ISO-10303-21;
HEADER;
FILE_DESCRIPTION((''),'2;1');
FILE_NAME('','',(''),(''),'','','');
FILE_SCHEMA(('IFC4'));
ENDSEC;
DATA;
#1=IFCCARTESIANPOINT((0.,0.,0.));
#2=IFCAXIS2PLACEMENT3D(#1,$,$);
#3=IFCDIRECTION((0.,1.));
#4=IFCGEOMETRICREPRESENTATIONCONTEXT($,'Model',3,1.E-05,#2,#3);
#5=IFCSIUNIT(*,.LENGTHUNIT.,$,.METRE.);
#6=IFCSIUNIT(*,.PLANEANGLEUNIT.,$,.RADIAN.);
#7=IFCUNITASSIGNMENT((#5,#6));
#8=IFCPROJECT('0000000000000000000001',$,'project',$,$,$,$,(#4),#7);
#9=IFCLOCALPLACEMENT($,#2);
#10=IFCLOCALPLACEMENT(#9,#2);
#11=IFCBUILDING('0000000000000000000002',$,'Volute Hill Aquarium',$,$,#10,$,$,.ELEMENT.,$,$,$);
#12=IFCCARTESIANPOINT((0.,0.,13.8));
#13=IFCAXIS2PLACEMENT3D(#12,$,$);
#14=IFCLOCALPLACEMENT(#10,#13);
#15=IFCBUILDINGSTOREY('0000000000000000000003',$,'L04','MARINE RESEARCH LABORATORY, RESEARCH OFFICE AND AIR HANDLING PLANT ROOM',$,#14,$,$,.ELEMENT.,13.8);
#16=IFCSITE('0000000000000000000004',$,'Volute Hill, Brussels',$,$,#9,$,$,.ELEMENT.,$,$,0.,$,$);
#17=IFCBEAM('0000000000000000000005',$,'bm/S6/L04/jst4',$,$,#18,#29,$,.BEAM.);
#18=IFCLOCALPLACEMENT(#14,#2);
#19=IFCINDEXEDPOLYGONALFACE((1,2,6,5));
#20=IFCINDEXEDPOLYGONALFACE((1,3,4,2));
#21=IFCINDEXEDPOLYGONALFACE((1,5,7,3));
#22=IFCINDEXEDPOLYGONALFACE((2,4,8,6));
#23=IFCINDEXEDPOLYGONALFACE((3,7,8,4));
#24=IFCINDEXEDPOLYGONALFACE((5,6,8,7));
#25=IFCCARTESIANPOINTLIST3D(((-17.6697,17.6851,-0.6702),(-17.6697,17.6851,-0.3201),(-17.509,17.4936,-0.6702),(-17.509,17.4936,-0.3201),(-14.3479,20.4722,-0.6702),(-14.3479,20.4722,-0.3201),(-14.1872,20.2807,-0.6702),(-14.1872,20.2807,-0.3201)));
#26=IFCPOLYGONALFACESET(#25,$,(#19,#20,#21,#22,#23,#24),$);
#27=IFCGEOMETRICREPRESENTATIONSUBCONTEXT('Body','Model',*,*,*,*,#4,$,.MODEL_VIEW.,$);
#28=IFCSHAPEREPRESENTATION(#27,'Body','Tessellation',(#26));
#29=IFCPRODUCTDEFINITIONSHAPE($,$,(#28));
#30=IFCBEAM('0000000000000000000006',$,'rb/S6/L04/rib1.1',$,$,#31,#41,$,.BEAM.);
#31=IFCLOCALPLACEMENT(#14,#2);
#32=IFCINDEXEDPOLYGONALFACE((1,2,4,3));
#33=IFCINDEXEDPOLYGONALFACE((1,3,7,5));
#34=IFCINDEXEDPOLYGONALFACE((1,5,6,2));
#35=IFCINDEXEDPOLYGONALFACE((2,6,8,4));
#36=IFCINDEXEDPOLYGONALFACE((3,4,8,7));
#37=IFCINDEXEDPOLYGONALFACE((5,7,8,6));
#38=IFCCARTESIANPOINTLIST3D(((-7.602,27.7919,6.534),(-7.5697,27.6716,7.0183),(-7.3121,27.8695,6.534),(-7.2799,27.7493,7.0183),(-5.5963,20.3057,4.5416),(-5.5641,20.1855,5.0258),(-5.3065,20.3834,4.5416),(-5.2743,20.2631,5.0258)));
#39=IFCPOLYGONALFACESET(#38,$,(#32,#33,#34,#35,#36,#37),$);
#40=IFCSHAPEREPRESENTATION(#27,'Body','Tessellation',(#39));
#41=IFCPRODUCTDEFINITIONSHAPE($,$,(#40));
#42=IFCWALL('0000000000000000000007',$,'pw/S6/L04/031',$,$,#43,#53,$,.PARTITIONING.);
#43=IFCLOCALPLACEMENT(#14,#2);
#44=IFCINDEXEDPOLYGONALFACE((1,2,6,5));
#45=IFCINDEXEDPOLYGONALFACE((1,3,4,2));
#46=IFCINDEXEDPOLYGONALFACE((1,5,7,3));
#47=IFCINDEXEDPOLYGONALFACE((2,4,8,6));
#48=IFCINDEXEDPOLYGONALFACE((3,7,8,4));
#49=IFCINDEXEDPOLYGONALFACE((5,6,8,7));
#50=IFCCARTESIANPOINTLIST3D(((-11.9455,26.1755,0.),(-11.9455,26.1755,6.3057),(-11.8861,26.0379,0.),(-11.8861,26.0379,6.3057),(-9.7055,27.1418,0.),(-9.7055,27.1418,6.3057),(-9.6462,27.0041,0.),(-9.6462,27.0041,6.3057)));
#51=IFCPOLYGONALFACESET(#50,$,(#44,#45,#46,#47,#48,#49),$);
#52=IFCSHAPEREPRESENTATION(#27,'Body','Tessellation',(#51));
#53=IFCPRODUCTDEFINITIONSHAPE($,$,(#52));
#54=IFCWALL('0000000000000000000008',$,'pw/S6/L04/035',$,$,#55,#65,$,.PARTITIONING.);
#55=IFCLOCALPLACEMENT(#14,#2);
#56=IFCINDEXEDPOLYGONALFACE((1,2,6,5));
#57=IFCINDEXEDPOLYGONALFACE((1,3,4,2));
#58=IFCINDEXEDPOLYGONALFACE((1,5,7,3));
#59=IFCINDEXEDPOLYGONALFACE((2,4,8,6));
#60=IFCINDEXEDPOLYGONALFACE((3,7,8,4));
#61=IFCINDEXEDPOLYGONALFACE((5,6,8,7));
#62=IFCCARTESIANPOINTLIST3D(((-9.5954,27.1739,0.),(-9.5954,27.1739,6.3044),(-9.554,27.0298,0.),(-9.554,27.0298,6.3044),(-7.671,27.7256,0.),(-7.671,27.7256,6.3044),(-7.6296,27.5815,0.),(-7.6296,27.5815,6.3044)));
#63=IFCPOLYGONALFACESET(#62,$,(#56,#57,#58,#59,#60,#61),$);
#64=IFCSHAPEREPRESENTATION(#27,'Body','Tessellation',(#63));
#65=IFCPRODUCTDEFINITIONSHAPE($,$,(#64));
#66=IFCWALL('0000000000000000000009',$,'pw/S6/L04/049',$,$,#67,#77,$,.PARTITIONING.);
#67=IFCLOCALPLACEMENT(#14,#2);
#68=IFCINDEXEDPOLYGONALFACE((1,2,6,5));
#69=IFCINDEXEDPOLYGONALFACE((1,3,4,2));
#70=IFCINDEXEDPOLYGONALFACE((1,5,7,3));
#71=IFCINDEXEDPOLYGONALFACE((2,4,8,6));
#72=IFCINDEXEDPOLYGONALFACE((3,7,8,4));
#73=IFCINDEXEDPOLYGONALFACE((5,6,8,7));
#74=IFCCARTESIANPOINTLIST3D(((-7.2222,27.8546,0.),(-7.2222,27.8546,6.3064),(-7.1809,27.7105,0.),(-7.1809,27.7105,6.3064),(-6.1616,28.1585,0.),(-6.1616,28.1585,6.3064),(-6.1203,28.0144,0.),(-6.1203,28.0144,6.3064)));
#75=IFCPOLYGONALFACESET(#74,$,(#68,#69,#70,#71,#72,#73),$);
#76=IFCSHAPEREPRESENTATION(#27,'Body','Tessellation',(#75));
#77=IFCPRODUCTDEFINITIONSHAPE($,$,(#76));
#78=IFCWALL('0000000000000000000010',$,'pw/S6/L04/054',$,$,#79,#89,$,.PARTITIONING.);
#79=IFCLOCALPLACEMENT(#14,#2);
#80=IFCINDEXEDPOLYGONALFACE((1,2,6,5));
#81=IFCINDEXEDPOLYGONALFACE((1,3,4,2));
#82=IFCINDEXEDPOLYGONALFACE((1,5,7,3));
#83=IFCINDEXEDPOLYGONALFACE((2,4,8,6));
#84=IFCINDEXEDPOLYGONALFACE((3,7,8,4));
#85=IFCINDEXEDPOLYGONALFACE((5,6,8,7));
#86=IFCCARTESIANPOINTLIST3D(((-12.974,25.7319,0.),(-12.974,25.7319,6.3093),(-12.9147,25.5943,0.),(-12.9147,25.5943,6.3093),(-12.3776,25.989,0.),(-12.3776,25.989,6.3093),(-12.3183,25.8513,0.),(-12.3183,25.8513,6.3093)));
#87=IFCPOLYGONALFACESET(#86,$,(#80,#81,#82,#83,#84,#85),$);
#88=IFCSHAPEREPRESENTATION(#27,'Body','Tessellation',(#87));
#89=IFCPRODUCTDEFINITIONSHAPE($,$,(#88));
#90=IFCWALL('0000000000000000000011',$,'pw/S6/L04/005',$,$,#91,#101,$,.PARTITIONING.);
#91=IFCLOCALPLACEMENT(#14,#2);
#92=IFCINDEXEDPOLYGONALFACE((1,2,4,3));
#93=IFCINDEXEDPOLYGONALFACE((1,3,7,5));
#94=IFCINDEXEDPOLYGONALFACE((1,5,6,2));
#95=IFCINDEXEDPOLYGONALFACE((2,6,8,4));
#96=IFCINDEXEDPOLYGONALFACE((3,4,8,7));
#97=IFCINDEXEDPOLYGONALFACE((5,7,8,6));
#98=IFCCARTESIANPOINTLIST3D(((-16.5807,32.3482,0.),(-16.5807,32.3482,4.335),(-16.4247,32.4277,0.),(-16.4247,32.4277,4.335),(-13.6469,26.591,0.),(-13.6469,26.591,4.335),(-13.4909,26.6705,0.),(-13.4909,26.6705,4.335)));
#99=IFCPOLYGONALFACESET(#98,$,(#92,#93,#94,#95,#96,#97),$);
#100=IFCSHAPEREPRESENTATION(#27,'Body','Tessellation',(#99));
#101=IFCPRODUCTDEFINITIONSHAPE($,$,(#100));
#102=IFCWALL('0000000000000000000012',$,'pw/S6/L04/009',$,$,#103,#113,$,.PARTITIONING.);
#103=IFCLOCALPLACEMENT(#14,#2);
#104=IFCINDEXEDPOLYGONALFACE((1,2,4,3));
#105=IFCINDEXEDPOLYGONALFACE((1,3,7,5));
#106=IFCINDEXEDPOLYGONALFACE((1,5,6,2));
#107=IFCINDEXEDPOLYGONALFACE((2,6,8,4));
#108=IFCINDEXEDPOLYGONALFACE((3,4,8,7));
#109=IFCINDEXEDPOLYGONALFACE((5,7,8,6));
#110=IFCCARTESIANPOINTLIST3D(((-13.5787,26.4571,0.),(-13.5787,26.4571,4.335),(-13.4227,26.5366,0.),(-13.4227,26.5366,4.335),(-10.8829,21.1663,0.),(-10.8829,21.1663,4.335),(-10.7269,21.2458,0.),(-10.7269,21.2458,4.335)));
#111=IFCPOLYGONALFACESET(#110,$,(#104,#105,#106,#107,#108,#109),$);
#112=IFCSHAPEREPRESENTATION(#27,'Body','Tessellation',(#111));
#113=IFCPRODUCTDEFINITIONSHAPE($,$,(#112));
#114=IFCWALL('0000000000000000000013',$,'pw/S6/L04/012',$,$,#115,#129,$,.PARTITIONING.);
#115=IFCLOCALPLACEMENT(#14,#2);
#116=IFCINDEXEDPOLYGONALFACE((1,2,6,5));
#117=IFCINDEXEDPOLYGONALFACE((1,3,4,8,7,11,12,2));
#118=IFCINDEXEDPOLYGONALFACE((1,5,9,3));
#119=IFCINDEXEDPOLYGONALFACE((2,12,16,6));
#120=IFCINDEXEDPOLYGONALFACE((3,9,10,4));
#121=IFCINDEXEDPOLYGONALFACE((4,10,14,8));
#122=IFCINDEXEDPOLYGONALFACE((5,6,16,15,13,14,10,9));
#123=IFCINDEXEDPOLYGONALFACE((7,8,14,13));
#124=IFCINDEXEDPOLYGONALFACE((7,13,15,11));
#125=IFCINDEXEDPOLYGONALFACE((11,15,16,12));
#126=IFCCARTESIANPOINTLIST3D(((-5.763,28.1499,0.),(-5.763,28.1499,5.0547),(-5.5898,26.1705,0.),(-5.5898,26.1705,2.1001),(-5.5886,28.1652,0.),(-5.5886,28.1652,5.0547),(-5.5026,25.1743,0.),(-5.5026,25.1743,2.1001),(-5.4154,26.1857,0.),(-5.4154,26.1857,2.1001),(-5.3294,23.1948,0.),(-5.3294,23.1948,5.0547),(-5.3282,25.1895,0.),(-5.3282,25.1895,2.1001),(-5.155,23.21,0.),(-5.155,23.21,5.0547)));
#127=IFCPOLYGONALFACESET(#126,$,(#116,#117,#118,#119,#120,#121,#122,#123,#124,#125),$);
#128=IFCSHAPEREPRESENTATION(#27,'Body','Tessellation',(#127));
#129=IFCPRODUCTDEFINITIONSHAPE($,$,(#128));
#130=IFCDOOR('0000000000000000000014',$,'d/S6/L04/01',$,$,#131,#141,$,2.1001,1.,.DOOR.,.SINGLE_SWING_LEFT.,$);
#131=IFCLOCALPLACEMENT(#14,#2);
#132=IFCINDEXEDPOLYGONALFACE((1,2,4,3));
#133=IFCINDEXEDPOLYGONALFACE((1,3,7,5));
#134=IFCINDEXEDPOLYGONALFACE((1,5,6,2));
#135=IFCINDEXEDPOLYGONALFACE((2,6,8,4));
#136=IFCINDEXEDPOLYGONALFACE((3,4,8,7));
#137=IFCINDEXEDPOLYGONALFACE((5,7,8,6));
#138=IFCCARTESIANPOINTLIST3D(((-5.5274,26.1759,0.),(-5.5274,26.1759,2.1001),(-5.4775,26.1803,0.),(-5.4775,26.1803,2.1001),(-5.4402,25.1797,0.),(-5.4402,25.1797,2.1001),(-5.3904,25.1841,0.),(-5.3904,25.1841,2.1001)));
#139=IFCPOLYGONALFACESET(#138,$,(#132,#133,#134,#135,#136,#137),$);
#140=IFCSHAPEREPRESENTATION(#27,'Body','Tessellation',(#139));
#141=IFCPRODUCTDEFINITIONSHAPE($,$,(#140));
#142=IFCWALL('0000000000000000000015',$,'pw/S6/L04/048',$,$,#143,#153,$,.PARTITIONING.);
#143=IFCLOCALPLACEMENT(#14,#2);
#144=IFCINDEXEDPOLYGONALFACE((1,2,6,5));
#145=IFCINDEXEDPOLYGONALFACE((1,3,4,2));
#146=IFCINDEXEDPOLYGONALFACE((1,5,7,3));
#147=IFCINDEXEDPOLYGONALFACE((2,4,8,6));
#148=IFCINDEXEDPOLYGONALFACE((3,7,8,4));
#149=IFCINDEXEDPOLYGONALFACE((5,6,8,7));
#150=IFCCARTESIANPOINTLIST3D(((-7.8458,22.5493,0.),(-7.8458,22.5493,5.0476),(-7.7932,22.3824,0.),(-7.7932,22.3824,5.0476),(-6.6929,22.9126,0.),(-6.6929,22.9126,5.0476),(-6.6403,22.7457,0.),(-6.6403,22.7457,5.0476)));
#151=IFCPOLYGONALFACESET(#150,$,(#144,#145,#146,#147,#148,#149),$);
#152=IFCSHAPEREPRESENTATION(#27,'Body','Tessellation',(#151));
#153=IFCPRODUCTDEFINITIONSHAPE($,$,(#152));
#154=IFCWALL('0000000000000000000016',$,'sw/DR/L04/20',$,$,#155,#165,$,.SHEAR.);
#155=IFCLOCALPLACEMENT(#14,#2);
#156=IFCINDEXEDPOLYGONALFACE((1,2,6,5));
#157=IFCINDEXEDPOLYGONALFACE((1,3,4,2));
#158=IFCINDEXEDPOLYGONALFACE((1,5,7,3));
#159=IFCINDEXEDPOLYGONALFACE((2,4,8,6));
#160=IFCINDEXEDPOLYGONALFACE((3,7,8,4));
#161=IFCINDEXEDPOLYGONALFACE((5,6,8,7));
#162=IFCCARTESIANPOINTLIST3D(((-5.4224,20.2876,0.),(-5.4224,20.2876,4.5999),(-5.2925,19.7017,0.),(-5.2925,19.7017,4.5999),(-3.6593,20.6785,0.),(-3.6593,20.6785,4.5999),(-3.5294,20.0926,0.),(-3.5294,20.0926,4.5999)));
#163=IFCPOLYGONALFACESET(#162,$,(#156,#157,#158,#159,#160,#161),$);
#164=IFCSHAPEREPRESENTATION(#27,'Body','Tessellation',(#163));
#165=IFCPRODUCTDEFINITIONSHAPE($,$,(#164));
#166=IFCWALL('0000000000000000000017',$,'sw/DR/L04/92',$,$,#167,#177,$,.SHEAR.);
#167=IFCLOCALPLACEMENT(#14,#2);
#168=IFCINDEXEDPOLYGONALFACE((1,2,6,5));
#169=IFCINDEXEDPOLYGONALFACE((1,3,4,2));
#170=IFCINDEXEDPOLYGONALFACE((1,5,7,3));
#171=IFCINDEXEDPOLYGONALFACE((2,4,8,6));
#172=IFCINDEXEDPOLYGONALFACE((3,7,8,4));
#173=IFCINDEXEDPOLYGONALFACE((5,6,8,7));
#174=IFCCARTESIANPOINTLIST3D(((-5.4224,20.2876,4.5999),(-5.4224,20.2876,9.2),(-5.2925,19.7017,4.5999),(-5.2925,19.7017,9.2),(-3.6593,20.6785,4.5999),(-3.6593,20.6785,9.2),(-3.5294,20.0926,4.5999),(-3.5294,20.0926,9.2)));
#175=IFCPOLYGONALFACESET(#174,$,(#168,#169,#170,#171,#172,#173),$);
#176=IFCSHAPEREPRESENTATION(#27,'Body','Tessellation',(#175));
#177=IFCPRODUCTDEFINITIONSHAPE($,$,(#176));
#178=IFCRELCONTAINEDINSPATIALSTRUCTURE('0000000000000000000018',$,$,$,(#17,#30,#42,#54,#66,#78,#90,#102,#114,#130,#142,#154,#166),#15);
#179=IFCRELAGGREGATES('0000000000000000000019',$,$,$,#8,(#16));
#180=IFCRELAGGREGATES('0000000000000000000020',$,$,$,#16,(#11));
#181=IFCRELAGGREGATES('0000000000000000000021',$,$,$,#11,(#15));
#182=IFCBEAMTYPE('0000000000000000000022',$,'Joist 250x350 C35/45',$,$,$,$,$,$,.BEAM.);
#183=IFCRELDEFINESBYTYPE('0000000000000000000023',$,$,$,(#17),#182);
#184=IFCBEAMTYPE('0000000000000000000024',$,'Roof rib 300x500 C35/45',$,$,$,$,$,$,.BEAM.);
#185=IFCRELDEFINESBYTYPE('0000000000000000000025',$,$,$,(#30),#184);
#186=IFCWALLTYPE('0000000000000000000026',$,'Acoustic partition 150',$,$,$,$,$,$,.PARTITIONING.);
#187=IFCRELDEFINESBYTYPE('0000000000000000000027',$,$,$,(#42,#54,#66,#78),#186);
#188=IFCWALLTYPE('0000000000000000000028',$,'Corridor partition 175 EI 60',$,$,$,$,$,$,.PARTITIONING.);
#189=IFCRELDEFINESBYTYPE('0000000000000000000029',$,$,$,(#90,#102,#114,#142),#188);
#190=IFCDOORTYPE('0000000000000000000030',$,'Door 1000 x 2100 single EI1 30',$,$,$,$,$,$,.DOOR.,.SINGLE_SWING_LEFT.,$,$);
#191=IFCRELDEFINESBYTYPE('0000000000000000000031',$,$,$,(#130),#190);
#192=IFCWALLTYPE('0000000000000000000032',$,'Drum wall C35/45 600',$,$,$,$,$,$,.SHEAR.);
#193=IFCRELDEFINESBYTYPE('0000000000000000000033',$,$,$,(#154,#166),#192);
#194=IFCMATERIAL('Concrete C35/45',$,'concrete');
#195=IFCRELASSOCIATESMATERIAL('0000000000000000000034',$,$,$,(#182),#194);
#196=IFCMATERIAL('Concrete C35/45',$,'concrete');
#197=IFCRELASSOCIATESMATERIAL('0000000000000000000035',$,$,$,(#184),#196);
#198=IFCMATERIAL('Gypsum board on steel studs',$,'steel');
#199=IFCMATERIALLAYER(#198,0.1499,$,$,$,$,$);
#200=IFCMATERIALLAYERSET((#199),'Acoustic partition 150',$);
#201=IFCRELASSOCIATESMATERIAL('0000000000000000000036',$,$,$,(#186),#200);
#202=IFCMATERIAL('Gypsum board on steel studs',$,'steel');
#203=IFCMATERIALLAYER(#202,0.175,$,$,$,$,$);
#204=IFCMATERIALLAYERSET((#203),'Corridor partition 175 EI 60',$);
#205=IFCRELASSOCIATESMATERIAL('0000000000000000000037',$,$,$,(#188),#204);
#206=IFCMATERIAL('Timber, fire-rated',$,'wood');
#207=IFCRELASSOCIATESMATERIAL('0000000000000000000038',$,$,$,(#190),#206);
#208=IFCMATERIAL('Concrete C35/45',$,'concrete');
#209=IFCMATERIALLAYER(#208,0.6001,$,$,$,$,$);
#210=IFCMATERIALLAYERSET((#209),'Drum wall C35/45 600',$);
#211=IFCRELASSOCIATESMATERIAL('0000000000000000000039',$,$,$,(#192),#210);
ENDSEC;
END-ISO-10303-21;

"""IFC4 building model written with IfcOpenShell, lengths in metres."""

from ifc_helpers import new_model, si_unit, direction, frame, frame_2d, origin, origin_2d, place, context, subcontext, project, spatial, rectangle, extrude, material, layer, layer_set, material_profile, profile_set, type_object, element, fill, save


model = new_model("IFC4")

# Units and contexts
model_context = context("Model", 3, precision=1e-05, world=origin(), true_north=direction((0.0, 1.0)))
body_context = subcontext(model_context, "Body", "Model", "MODEL_VIEW")
ifc_project = project(units=[si_unit("LENGTHUNIT", "METRE"), si_unit("PLANEANGLEUNIT", "RADIAN")], contexts=[model_context])

# Site, building, storey
site_placement = place(None, origin())
site = spatial("IfcSite", under=ifc_project, at=site_placement, Name="Volute Hill, Brussels", CompositionType="ELEMENT", RefElevation=0.0)
building_placement = place(site_placement, origin())
building = spatial("IfcBuilding", under=site, at=building_placement, Name="Volute Hill Aquarium", CompositionType="ELEMENT")
storey_placement = place(building_placement, frame((0.0, 0.0, 13.8)))
storey = spatial("IfcBuildingStorey", under=building, at=storey_placement, Name="L04", Description="MARINE RESEARCH LABORATORY, RESEARCH OFFICE AND AIR HANDLING PLANT ROOM", CompositionType="ELEMENT", Elevation=13.8)

# Beams
ifc_material_1 = material(Name="Concrete C35/45", Category="concrete")
ifc_material_profile_1 = material_profile(ifc_material_1, rectangle(XDim=0.25, YDim=0.3501, at=origin_2d()), Name="RC joist 250x350")
ifc_profile_set_1 = profile_set([ifc_material_profile_1], Name="Concrete C35/45")
beam_type_1 = type_object("IfcBeamType", Name="Joist 250x350 C35/45", PredefinedType="BEAM", material=ifc_profile_set_1)
beam_1_placement = place(storey_placement, frame((-14.2676, 20.3765, -0.4951), z_axis=(-0.766066, -0.642762, 0.0), x_axis=(0.642762, -0.766066, 0.0)))
element("IfcBeam", 1, at=beam_1_placement, inside=storey, type_object=beam_type_1, Name="bm/S6/L04/jst4", PredefinedType="BEAM", context=body_context, shape_type="SweptSolid", body=[
    extrude(rectangle(XDim=0.25, YDim=0.3501, at=origin_2d()), origin(), (0.0, 0.0, 1.0), 4.3362),
])
ifc_material_2 = material(Name="Concrete C35/45", Category="concrete")
ifc_material_profile_2 = material_profile(ifc_material_2, rectangle(XDim=0.3, YDim=0.5, at=origin_2d()), Name="RC rib 300x500")
ifc_profile_set_2 = profile_set([ifc_material_profile_2], Name="Concrete C35/45")
beam_type_2 = type_object("IfcBeamType", Name="Roof rib 300x500 C35/45", PredefinedType="BEAM", material=ifc_profile_set_2)
beam_2_placement = place(storey_placement, frame((-5.4353, 20.2844, 4.7837), z_axis=(-0.250636, 0.935514, 0.248988), x_axis=(-0.965935, -0.258786, 0.0)))
element("IfcBeam", 2, at=beam_2_placement, inside=storey, type_object=beam_type_2, Name="rb/S6/L04/rib1.1", PredefinedType="BEAM", context=body_context, shape_type="SweptSolid", body=[
    extrude(rectangle(XDim=0.3, YDim=0.5, at=origin_2d()), origin(), (0.0, 0.0, 1.0), 8.0022),
])

# Walls
ifc_material_3 = material(Name="Gypsum board on steel studs", Category="steel")
ifc_layer_1 = layer(ifc_material_3, 0.1499)
ifc_layer_set_1 = layer_set([ifc_layer_1], Name="Acoustic partition 150")
wall_type_1 = type_object("IfcWallType", Name="Acoustic partition 150", PredefinedType="PARTITIONING", material=ifc_layer_set_1)
wall_1_placement = place(storey_placement, frame((-11.9158, 26.1067, 0.0), z_axis=(0.0, 0.0, 1.0), x_axis=(0.918206, 0.396104, 0.0)))
element("IfcWall", 3, at=wall_1_placement, inside=storey, type_object=wall_type_1, Name="pw/S6/L04/031", PredefinedType="PARTITIONING", context=body_context, shape_type="SweptSolid", body=[
    extrude(rectangle(XDim=2.4395, YDim=0.1499, at=frame_2d((1.2197, 0.0))), origin(), (0.0, 0.0, 1.0), 6.3057),
])
wall_2_placement = place(storey_placement, frame((-9.5747, 27.1018, 0.0), z_axis=(0.0, 0.0, 1.0), x_axis=(0.961266, 0.275623, 0.0)))
element("IfcWall", 4, at=wall_2_placement, inside=storey, type_object=wall_type_1, Name="pw/S6/L04/035", PredefinedType="PARTITIONING", context=body_context, shape_type="SweptSolid", body=[
    extrude(rectangle(XDim=2.002, YDim=0.1499, at=frame_2d((1.001, 0.0))), origin(), (0.0, 0.0, 1.0), 6.3044),
])
wall_3_placement = place(storey_placement, frame((-7.2017, 27.7825, 0.0), z_axis=(0.0, 0.0, 1.0), x_axis=(0.961298, 0.27551, 0.0)))
element("IfcWall", 5, at=wall_3_placement, inside=storey, type_object=wall_type_1, Name="pw/S6/L04/049", PredefinedType="PARTITIONING", context=body_context, shape_type="SweptSolid", body=[
    extrude(rectangle(XDim=1.1033, YDim=0.1499, at=frame_2d((0.5518, 0.0))), origin(), (0.0, 0.0, 1.0), 6.3064),
])
wall_4_placement = place(storey_placement, frame((-12.9443, 25.6631, 0.0), z_axis=(0.0, 0.0, 1.0), x_axis=(0.918326, 0.395824, 0.0)))
element("IfcWall", 6, at=wall_4_placement, inside=storey, type_object=wall_type_1, Name="pw/S6/L04/054", PredefinedType="PARTITIONING", context=body_context, shape_type="SweptSolid", body=[
    extrude(rectangle(XDim=0.6494, YDim=0.1499, at=frame_2d((0.3247, 0.0))), origin(), (0.0, 0.0, 1.0), 6.3093),
])
ifc_material_4 = material(Name="Gypsum board on steel studs", Category="steel")
ifc_layer_2 = layer(ifc_material_4, 0.175)
ifc_layer_set_2 = layer_set([ifc_layer_2], Name="Corridor partition 175 EI 60")
wall_type_2 = type_object("IfcWallType", Name="Corridor partition 175 EI 60", PredefinedType="PARTITIONING", material=ifc_layer_set_2)
wall_5_placement = place(storey_placement, frame((-13.5688, 26.6306, 0.0), z_axis=(0.0, 0.0, 1.0), x_axis=(-0.454032, 0.890986, 0.0)))
element("IfcWall", 7, at=wall_5_placement, inside=storey, type_object=wall_type_2, Name="pw/S6/L04/005", PredefinedType="PARTITIONING", context=body_context, shape_type="SweptSolid", body=[
    extrude(rectangle(XDim=6.4617, YDim=0.175, at=frame_2d((3.231, 0.0))), origin(), (0.0, 0.0, 1.0), 4.335),
])
wall_6_placement = place(storey_placement, frame((-13.5007, 26.4968, 0.0), z_axis=(0.0, 0.0, 1.0), x_axis=(0.453993, -0.891005, 0.0)))
element("IfcWall", 8, at=wall_6_placement, inside=storey, type_object=wall_type_2, Name="pw/S6/L04/009", PredefinedType="PARTITIONING", context=body_context, shape_type="SweptSolid", body=[
    extrude(rectangle(XDim=5.938, YDim=0.175, at=frame_2d((2.969, 0.0))), origin(), (0.0, 0.0, 1.0), 4.335),
])

# Wall, opening, door
wall_7_placement = place(storey_placement, frame((-5.2422, 23.2024, 0.0), z_axis=(0.0, 0.0, 1.0), x_axis=(-0.087172, 0.996193, 0.0)))
wall_7 = element("IfcWall", 9, at=wall_7_placement, inside=storey, type_object=wall_type_2, Name="pw/S6/L04/012", PredefinedType="PARTITIONING", context=body_context, shape_type="SweptSolid", body=[
    extrude(rectangle(XDim=4.9741, YDim=0.175, at=frame_2d((2.4871, 0.0))), origin(), (0.0, 0.0, 1.0), 5.0547),
])
opening_placement = place(wall_7_placement, frame((1.9871, 0.0, 0.0)))
opening = element("IfcOpeningElement", 10, at=opening_placement, cuts=wall_7, PredefinedType="OPENING", context=body_context, shape_type="SweptSolid", body=[
    extrude(rectangle(XDim=1.0, YDim=2.1001, at=frame_2d((0.5, 1.05))), frame((0.0, 0.0974, 0.0), z_axis=(0.0, -1.0, 0.0), x_axis=(1.0, 0.0, 0.0)), (0.0, 0.0, 1.0), 0.1951),
])
ifc_material_5 = material(Name="Timber, fire-rated", Category="wood")
door_type = type_object("IfcDoorType", Name="Door 1000 x 2100 single EI1 30", OperationType="SINGLE_SWING_LEFT", PredefinedType="DOOR", material=ifc_material_5)
door_placement = place(opening_placement, origin())
door = element("IfcDoor", 11, at=door_placement, inside=storey, type_object=door_type, Name="d/S6/L04/01", OperationType="SINGLE_SWING_LEFT", OverallHeight=2.1001, OverallWidth=1.0, PredefinedType="DOOR", context=body_context, shape_type="SweptSolid", body=[
    extrude(rectangle(XDim=1.0, YDim=2.1001, at=frame_2d((0.5, 1.05))), frame((0.0, 0.0249, 0.0), z_axis=(0.0, -1.0, 0.0), x_axis=(1.0, 0.0, 0.0)), (0.0, 0.0, 1.0), 0.05),
])
fill(opening, door)

# Walls
wall_8_placement = place(storey_placement, frame((-7.8196, 22.4658, 0.0), z_axis=(0.0, 0.0, 1.0), x_axis=(0.953766, 0.300551, 0.0)))
element("IfcWall", 12, at=wall_8_placement, inside=storey, type_object=wall_type_2, Name="pw/S6/L04/048", PredefinedType="PARTITIONING", context=body_context, shape_type="SweptSolid", body=[
    extrude(rectangle(XDim=1.2087, YDim=0.175, at=frame_2d((0.6045, 0.0))), origin(), (0.0, 0.0, 1.0), 5.0476),
])
ifc_material_6 = material(Name="Concrete C35/45", Category="concrete")
ifc_layer_3 = layer(ifc_material_6, 0.6001)
ifc_layer_set_3 = layer_set([ifc_layer_3], Name="Drum wall C35/45 600")
wall_type_3 = type_object("IfcWallType", Name="Drum wall C35/45 600", PredefinedType="SHEAR", material=ifc_layer_set_3)
wall_9_placement = place(storey_placement, frame((-3.5945, 20.3855, 0.0), z_axis=(0.0, 0.0, 1.0), x_axis=(-0.976298, -0.216429, 0.0)))
element("IfcWall", 13, at=wall_9_placement, inside=storey, type_object=wall_type_3, Name="sw/DR/L04/20", PredefinedType="SHEAR", context=body_context, shape_type="SweptSolid", body=[
    extrude(rectangle(XDim=1.8059, YDim=0.6001, at=frame_2d((0.9028, 0.0))), origin(), (0.0, 0.0, 1.0), 4.5999),
])
wall_10_placement = place(storey_placement, frame((-3.5945, 20.3855, 4.5999), z_axis=(0.0, 0.0, 1.0), x_axis=(-0.976298, -0.216429, 0.0)))
element("IfcWall", 14, at=wall_10_placement, inside=storey, type_object=wall_type_3, Name="sw/DR/L04/92", PredefinedType="SHEAR", context=body_context, shape_type="SweptSolid", body=[
    extrude(rectangle(XDim=1.8059, YDim=0.6001, at=frame_2d((0.9028, 0.0))), origin(), (0.0, 0.0, 1.0), 4.6001),
])

save(model, "model.ifc")
